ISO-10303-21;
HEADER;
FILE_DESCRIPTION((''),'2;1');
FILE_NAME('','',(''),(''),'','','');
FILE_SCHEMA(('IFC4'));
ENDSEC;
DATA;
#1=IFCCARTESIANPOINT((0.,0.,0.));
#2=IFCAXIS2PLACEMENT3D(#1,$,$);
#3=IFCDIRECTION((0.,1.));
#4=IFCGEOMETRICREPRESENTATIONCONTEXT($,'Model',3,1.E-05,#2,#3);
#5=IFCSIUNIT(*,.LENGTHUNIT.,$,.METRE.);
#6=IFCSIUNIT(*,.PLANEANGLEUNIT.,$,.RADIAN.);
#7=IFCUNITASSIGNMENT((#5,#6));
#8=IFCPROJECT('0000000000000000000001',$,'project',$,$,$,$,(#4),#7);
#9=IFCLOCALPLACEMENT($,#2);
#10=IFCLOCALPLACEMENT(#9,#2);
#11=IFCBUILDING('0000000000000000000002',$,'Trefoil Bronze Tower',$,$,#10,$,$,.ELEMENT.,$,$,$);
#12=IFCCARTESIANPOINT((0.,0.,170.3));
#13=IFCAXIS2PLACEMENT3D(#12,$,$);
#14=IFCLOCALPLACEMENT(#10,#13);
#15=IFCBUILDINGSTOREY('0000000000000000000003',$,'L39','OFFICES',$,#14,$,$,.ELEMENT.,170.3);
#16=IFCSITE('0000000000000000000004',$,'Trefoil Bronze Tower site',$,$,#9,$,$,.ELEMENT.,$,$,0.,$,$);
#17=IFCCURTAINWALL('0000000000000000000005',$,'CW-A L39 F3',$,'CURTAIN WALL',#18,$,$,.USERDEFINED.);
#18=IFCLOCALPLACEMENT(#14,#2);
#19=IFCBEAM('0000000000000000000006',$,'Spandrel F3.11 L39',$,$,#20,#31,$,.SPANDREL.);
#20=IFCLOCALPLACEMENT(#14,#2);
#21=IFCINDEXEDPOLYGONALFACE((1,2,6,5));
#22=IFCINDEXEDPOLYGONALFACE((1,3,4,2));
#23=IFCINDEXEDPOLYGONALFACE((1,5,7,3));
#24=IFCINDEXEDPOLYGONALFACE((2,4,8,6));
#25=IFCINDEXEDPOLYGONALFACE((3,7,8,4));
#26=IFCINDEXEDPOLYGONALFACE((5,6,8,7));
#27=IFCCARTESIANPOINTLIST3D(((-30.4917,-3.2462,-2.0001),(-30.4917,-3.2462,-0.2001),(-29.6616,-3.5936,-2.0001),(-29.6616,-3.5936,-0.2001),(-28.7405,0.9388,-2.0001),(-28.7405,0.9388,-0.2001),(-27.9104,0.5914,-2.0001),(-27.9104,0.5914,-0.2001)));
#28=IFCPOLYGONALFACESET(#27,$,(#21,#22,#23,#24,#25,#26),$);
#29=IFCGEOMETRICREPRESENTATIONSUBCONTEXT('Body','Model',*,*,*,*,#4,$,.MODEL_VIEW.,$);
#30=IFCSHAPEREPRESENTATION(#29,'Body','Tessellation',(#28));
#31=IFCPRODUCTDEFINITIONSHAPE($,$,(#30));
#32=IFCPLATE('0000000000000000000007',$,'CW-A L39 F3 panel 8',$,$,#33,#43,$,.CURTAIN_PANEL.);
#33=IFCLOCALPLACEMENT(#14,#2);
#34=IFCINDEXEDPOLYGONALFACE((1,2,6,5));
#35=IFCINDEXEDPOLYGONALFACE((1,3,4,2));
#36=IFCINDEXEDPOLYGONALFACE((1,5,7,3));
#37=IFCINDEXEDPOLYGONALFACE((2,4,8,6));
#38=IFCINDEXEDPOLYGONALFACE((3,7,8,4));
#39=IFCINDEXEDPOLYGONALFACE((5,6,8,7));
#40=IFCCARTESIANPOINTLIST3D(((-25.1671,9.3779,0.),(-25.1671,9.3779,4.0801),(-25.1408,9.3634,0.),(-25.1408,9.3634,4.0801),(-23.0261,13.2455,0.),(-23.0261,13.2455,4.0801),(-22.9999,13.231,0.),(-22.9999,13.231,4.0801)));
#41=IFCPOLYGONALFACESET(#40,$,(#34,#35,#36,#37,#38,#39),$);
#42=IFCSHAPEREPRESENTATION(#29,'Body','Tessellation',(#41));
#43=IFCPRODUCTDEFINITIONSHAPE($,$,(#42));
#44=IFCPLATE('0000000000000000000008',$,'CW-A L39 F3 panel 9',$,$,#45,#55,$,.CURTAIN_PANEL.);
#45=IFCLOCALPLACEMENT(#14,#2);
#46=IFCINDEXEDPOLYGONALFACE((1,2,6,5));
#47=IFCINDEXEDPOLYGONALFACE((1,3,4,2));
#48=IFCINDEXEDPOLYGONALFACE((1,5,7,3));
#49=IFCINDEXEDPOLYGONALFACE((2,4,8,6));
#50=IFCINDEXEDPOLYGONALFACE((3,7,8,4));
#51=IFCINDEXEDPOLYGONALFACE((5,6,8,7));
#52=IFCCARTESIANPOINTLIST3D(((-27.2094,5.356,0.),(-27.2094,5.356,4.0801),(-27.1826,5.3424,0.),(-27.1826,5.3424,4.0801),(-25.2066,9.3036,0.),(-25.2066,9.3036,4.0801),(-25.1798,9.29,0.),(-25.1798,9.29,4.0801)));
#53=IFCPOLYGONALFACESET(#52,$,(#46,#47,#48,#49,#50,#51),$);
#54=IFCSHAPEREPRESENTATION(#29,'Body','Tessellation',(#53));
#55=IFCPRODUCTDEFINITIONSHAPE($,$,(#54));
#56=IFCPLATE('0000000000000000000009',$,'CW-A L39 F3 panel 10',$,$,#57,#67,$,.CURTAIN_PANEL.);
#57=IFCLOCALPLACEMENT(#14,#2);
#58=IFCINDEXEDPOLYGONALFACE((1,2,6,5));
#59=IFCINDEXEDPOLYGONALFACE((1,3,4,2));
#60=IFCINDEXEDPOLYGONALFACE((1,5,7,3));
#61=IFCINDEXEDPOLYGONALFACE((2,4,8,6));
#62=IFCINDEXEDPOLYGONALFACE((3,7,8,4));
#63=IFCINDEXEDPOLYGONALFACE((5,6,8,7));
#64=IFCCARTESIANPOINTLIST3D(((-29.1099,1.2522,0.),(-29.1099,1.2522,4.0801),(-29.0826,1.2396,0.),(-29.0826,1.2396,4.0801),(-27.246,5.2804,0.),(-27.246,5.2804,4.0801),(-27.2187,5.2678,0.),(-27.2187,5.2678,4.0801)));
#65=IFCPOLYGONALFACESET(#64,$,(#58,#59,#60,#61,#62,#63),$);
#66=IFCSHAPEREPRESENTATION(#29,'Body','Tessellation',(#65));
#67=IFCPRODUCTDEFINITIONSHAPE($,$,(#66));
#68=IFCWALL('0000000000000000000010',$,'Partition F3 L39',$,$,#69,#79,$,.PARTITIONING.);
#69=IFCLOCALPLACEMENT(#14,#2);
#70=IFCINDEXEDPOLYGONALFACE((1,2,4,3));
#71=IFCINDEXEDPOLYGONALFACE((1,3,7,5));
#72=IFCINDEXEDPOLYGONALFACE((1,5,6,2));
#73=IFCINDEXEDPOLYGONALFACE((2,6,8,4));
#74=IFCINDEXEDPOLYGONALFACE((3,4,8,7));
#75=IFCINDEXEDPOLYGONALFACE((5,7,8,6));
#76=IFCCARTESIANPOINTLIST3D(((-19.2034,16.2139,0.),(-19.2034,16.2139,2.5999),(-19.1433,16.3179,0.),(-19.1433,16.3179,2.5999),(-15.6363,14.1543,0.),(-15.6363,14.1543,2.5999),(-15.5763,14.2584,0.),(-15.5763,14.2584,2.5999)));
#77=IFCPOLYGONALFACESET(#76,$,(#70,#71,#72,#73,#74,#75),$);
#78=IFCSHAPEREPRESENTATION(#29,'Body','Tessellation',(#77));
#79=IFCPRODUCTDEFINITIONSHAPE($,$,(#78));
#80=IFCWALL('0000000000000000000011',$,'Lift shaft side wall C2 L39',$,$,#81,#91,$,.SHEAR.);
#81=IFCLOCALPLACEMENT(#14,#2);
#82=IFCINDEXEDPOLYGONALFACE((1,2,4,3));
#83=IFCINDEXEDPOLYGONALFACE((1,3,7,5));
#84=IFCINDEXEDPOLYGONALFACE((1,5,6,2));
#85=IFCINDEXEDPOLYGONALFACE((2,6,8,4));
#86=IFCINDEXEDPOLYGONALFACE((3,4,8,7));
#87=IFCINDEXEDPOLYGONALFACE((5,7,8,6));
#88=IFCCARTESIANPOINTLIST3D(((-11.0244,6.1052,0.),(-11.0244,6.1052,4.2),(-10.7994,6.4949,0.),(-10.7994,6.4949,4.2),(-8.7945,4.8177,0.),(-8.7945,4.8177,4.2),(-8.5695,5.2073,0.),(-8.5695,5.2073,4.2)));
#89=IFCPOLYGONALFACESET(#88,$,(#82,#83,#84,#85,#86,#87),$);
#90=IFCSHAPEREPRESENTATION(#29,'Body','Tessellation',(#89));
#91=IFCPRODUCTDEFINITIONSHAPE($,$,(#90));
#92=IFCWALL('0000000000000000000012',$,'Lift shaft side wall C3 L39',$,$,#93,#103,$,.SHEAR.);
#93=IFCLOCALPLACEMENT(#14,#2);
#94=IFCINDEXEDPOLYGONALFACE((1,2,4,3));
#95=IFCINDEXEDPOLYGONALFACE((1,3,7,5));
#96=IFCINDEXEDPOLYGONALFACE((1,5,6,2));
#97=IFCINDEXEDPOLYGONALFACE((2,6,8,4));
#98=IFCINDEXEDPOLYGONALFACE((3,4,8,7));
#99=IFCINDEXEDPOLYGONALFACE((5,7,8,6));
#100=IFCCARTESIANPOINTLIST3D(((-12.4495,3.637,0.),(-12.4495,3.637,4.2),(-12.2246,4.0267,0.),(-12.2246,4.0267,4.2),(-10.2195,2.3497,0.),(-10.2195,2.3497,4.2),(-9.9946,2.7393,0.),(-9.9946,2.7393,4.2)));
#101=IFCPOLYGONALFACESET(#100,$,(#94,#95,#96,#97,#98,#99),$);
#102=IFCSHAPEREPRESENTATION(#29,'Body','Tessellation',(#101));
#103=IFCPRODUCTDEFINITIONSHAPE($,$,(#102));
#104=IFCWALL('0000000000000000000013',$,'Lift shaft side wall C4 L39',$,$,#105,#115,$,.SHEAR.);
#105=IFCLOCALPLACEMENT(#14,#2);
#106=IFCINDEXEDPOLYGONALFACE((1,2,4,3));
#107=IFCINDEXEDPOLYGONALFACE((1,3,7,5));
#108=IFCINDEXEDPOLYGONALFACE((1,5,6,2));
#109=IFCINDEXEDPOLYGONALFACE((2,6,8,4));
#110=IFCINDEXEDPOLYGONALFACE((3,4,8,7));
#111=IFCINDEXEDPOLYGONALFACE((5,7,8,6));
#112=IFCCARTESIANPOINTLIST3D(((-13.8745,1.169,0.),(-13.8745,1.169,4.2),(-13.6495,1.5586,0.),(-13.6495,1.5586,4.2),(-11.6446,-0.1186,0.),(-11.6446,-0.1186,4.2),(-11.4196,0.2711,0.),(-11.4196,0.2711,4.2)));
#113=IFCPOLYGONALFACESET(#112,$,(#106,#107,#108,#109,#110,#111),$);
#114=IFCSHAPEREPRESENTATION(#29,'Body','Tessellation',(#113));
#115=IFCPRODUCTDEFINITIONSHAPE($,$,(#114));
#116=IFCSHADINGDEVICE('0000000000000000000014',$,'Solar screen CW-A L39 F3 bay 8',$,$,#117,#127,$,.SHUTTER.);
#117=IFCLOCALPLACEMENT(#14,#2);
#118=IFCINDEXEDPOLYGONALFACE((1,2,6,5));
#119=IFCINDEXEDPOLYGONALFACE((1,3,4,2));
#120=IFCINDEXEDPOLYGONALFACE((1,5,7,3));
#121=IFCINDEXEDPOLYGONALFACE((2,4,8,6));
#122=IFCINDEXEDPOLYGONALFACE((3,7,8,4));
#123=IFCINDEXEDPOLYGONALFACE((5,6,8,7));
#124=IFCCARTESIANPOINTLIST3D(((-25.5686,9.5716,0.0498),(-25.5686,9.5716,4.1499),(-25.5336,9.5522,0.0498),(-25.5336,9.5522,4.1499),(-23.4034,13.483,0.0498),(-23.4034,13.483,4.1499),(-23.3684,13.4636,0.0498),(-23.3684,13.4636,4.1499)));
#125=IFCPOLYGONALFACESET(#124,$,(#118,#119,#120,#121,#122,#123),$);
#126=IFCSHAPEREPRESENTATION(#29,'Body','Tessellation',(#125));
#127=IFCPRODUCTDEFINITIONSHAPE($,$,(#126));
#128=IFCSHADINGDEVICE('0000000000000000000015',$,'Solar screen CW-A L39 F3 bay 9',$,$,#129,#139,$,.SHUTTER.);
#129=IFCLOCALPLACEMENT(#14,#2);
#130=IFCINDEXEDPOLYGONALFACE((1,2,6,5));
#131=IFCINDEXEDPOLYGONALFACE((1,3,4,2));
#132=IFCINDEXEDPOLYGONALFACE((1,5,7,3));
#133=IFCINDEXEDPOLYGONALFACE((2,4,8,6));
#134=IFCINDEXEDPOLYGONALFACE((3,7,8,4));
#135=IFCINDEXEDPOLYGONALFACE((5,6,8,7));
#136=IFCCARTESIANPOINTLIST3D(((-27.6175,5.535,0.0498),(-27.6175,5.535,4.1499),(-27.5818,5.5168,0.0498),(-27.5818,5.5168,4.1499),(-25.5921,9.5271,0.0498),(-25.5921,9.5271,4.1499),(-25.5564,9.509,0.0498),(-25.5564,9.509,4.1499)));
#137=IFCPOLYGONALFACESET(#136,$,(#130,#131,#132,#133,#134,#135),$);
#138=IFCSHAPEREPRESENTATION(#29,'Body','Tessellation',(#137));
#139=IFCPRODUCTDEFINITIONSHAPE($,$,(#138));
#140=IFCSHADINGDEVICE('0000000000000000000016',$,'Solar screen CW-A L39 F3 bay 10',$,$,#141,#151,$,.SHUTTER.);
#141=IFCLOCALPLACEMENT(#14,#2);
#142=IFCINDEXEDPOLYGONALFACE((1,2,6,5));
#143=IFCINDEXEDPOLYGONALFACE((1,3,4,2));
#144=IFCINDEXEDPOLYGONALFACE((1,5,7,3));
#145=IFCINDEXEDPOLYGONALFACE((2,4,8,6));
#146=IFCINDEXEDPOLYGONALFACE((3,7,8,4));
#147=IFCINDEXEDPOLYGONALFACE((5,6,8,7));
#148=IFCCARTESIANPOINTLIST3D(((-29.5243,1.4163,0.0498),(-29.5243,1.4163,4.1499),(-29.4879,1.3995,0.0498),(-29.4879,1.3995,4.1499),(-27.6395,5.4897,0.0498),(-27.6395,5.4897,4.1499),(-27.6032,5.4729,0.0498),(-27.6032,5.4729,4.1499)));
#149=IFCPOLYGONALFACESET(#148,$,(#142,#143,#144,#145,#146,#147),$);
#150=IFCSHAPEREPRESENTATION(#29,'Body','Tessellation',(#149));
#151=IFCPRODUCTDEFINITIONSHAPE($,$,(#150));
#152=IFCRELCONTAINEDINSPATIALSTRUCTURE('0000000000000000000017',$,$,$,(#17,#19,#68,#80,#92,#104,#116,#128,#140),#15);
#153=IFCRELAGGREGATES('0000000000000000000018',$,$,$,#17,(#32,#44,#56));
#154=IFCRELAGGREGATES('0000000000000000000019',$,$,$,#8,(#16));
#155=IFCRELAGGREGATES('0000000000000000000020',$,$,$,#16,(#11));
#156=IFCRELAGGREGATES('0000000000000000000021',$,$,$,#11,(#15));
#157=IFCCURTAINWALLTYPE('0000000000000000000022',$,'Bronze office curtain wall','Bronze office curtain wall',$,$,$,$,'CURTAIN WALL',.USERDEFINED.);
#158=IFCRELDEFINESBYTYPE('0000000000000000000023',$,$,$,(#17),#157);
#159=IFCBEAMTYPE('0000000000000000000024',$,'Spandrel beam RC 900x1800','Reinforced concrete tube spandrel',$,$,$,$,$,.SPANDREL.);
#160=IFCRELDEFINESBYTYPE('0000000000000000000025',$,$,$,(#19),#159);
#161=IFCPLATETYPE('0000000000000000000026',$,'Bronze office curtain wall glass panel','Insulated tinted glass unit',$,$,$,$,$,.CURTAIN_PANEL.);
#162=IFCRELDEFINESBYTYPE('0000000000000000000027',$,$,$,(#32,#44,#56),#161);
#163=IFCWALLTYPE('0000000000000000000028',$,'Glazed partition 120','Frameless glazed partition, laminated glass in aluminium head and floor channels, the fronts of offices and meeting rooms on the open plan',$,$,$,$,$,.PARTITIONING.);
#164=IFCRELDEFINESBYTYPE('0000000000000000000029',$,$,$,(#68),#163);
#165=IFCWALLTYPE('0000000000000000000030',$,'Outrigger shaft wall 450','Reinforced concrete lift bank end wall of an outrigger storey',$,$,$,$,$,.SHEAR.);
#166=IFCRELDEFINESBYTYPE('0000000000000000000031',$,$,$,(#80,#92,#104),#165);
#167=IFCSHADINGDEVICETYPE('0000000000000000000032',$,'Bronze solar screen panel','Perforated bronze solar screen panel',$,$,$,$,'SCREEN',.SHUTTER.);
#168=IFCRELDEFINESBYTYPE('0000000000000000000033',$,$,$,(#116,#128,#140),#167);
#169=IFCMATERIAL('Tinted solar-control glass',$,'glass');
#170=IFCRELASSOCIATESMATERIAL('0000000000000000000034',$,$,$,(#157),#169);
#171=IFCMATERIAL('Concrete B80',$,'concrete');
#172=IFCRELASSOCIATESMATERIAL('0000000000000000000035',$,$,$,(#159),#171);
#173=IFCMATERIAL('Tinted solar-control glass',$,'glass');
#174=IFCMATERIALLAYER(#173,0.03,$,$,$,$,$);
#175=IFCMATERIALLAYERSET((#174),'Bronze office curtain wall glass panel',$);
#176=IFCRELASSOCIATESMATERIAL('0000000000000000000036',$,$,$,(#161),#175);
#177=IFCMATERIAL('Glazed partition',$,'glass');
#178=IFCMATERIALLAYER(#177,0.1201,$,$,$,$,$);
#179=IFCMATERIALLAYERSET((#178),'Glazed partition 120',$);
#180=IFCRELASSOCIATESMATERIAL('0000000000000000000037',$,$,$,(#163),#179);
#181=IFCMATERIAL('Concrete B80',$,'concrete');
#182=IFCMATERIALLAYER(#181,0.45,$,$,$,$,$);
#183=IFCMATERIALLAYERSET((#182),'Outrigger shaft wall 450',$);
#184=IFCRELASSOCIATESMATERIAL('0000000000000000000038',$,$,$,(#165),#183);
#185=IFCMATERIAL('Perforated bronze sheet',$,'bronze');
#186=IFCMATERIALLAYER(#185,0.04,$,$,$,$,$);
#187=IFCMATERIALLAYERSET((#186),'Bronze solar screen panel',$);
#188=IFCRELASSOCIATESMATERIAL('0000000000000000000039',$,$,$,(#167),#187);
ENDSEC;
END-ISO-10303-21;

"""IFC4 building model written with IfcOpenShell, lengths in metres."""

from ifc_helpers import new_model, si_unit, direction, frame, frame_2d, origin, origin_2d, place, context, subcontext, project, spatial, rectangle, extrude, material, layer, layer_set, material_profile, profile_set, type_object, element, aggregate, save


model = new_model("IFC4")

# Units and contexts
model_context = context("Model", 3, precision=1e-05, world=origin(), true_north=direction((0.0, 1.0)))
body_context = subcontext(model_context, "Body", "Model", "MODEL_VIEW")
ifc_project = project(units=[si_unit("LENGTHUNIT", "METRE"), si_unit("PLANEANGLEUNIT", "RADIAN")], contexts=[model_context])

# Site, building, storey
site_placement = place(None, origin())
site = spatial("IfcSite", under=ifc_project, at=site_placement, Name="Trefoil Bronze Tower site", CompositionType="ELEMENT", RefElevation=0.0)
building_placement = place(site_placement, origin())
building = spatial("IfcBuilding", under=site, at=building_placement, Name="Trefoil Bronze Tower", CompositionType="ELEMENT")
storey_placement = place(building_placement, frame((0.0, 0.0, 170.3)))
storey = spatial("IfcBuildingStorey", under=building, at=storey_placement, Name="L39", Description="OFFICES", CompositionType="ELEMENT", Elevation=170.3)

# Curtain wall
ifc_material_1 = material(Name="Tinted solar-control glass", Category="glass")
curtain_wall_type = type_object("IfcCurtainWallType", Name="Bronze office curtain wall", Description="Bronze office curtain wall", ElementType="CURTAIN WALL", PredefinedType="USERDEFINED", material=ifc_material_1)
curtain_wall_placement = place(storey_placement, origin())
curtain_wall = element("IfcCurtainWall", 1, at=curtain_wall_placement, inside=storey, type_object=curtain_wall_type, Name="CW-A L39 F3", ObjectType="CURTAIN WALL", PredefinedType="USERDEFINED")

# Beam
ifc_material_2 = material(Name="Concrete B80", Category="concrete")
ifc_material_profile_1 = material_profile(ifc_material_2, rectangle(XDim=0.8999, YDim=1.8, at=origin_2d()), Name="RC 900x1800")
ifc_profile_set_1 = profile_set([ifc_material_profile_1], Name="Concrete B80")
beam_type_1 = type_object("IfcBeamType", Name="Spandrel beam RC 900x1800", Description="Reinforced concrete tube spandrel", PredefinedType="SPANDREL", material=ifc_profile_set_1)
beam_1_placement = place(storey_placement, frame((-28.3254, 0.7651, -1.1001), z_axis=(-0.386013, -0.922493, 0.0), x_axis=(0.922493, -0.386013, 0.0)))
element("IfcBeam", 2, at=beam_1_placement, inside=storey, type_object=beam_type_1, Name="Spandrel F3.11 L39", PredefinedType="SPANDREL", context=body_context, shape_type="SweptSolid", body=[
    extrude(rectangle(XDim=0.8999, YDim=1.8, at=origin_2d()), origin(), (0.0, 0.0, 1.0), 4.5366),
])

# Plates
ifc_material_3 = material(Name="Tinted solar-control glass", Category="glass")
ifc_layer_1 = layer(ifc_material_3, 0.03)
ifc_layer_set_1 = layer_set([ifc_layer_1], Name="Bronze office curtain wall glass panel")
plate_type = type_object("IfcPlateType", Name="Bronze office curtain wall glass panel", Description="Insulated tinted glass unit", PredefinedType="CURTAIN_PANEL", material=ifc_layer_set_1)
plate_1_placement = place(storey_placement, frame((-24.0835, 11.3044, 0.0), z_axis=(0.0, 0.0, 1.0), x_axis=(-0.484312, -0.874895, 0.0)))
plate_1 = element("IfcPlate", 3, at=plate_1_placement, type_object=plate_type, Name="CW-A L39 F3 panel 8", PredefinedType="CURTAIN_PANEL", context=body_context, shape_type="SweptSolid", body=[
    extrude(rectangle(XDim=4.4207, YDim=0.03, at=origin_2d()), origin(), (0.0, 0.0, 1.0), 4.0801),
])
plate_2_placement = place(storey_placement, frame((-26.1946, 7.323, 0.0), z_axis=(0.0, 0.0, 1.0), x_axis=(-0.452449, -0.89179, 0.0)))
plate_2 = element("IfcPlate", 4, at=plate_2_placement, type_object=plate_type, Name="CW-A L39 F3 panel 9", PredefinedType="CURTAIN_PANEL", context=body_context, shape_type="SweptSolid", body=[
    extrude(rectangle(XDim=4.4265, YDim=0.03, at=origin_2d()), origin(), (0.0, 0.0, 1.0), 4.0801),
])
plate_3_placement = place(storey_placement, frame((-28.1643, 3.26, 0.0), z_axis=(0.0, 0.0, 1.0), x_axis=(-0.419933, -0.907555, 0.0)))
plate_3 = element("IfcPlate", 5, at=plate_3_placement, type_object=plate_type, Name="CW-A L39 F3 panel 10", PredefinedType="CURTAIN_PANEL", context=body_context, shape_type="SweptSolid", body=[
    extrude(rectangle(XDim=4.4385, YDim=0.03, at=origin_2d()), origin(), (0.0, 0.0, 1.0), 4.0801),
])
aggregate(curtain_wall, [plate_1, plate_2, plate_3])

# Walls
ifc_material_4 = material(Name="Glazed partition", Category="glass")
ifc_layer_2 = layer(ifc_material_4, 0.1201)
ifc_layer_set_2 = layer_set([ifc_layer_2], Name="Glazed partition 120")
wall_type_1 = type_object("IfcWallType", Name="Glazed partition 120", Description="Frameless glazed partition, laminated glass in aluminium head and floor channels, the fronts of offices and meeting rooms on the open plan", PredefinedType="PARTITIONING", material=ifc_layer_set_2)
wall_placement = place(storey_placement, frame((-15.6062, 14.2063, 0.0), z_axis=(0.0, 0.0, 1.0), x_axis=(-0.866017, 0.500015, 0.0)))
element("IfcWall", 6, at=wall_placement, inside=storey, type_object=wall_type_1, Name="Partition F3 L39", PredefinedType="PARTITIONING", context=body_context, shape_type="SweptSolid", body=[
    extrude(rectangle(XDim=4.1189, YDim=0.1201, at=frame_2d((2.0596, 0.0))), origin(), (0.0, 0.0, 1.0), 2.5999),
])
ifc_material_5 = material(Name="Concrete B80", Category="concrete")
ifc_layer_3 = layer(ifc_material_5, 0.45)
ifc_layer_set_3 = layer_set([ifc_layer_3], Name="Outrigger shaft wall 450")
wall_type_2 = type_object("IfcWallType", Name="Outrigger shaft wall 450", Description="Reinforced concrete lift bank end wall of an outrigger storey", PredefinedType="SHEAR", material=ifc_layer_set_3)
for number, where, z_axis, x_axis, name in (
    (7, (-8.6819, 5.0125, 0.0), (0.0, 0.0, 1.0), (-0.866006, 0.500034, 0.0), "Lift shaft side wall C2 L39"),
    (8, (-10.1069, 2.5444, 0.0), (0.0, 0.0, 1.0), (-0.866047, 0.499963, 0.0), "Lift shaft side wall C3 L39"),
    (9, (-11.532, 0.0762, 0.0), (0.0, 0.0, 1.0), (-0.866006, 0.500034, 0.0), "Lift shaft side wall C4 L39"),
):
    element("IfcWall", number, at=place(storey_placement, frame(where, z_axis=z_axis, x_axis=x_axis)), inside=storey, type_object=wall_type_2, Name=name, PredefinedType="SHEAR", context=body_context, shape_type="SweptSolid", body=[
        extrude(rectangle(XDim=2.575, YDim=0.45, at=frame_2d((1.2876, 0.0))), origin(), (0.0, 0.0, 1.0), 4.2),
    ])

# Shading devices
ifc_material_6 = material(Name="Perforated bronze sheet", Category="bronze")
ifc_layer_4 = layer(ifc_material_6, 0.04)
ifc_layer_set_4 = layer_set([ifc_layer_4], Name="Bronze solar screen panel")
shading_device_type = type_object("IfcShadingDeviceType", Name="Bronze solar screen panel", Description="Perforated bronze solar screen panel", ElementType="SCREEN", PredefinedType="SHUTTER", material=ifc_layer_set_4)
shading_device_1_placement = place(storey_placement, frame((-24.4685, 11.5176, 0.0498), z_axis=(0.0, 0.0, 1.0), x_axis=(-0.484312, -0.874895, 0.0)))
element("IfcShadingDevice", 10, at=shading_device_1_placement, inside=storey, type_object=shading_device_type, Name="Solar screen CW-A L39 F3 bay 8", PredefinedType="SHUTTER", context=body_context, shape_type="SweptSolid", body=[
    extrude(rectangle(XDim=4.4707, YDim=0.04, at=origin_2d()), origin(), (0.0, 0.0, 1.0), 4.1001),
])
shading_device_2_placement = place(storey_placement, frame((-26.5869, 7.522, 0.0498), z_axis=(0.0, 0.0, 1.0), x_axis=(-0.452449, -0.89179, 0.0)))
element("IfcShadingDevice", 11, at=shading_device_2_placement, inside=storey, type_object=shading_device_type, Name="Solar screen CW-A L39 F3 bay 9", PredefinedType="SHUTTER", context=body_context, shape_type="SweptSolid", body=[
    extrude(rectangle(XDim=4.4766, YDim=0.04, at=origin_2d()), origin(), (0.0, 0.0, 1.0), 4.1001),
])
shading_device_3_placement = place(storey_placement, frame((-28.5637, 3.4446, 0.0498), z_axis=(0.0, 0.0, 1.0), x_axis=(-0.419933, -0.907555, 0.0)))
element("IfcShadingDevice", 12, at=shading_device_3_placement, inside=storey, type_object=shading_device_type, Name="Solar screen CW-A L39 F3 bay 10", PredefinedType="SHUTTER", context=body_context, shape_type="SweptSolid", body=[
    extrude(rectangle(XDim=4.4883, YDim=0.04, at=origin_2d()), origin(), (0.0, 0.0, 1.0), 4.1001),
])

save(model, "model.ifc")
